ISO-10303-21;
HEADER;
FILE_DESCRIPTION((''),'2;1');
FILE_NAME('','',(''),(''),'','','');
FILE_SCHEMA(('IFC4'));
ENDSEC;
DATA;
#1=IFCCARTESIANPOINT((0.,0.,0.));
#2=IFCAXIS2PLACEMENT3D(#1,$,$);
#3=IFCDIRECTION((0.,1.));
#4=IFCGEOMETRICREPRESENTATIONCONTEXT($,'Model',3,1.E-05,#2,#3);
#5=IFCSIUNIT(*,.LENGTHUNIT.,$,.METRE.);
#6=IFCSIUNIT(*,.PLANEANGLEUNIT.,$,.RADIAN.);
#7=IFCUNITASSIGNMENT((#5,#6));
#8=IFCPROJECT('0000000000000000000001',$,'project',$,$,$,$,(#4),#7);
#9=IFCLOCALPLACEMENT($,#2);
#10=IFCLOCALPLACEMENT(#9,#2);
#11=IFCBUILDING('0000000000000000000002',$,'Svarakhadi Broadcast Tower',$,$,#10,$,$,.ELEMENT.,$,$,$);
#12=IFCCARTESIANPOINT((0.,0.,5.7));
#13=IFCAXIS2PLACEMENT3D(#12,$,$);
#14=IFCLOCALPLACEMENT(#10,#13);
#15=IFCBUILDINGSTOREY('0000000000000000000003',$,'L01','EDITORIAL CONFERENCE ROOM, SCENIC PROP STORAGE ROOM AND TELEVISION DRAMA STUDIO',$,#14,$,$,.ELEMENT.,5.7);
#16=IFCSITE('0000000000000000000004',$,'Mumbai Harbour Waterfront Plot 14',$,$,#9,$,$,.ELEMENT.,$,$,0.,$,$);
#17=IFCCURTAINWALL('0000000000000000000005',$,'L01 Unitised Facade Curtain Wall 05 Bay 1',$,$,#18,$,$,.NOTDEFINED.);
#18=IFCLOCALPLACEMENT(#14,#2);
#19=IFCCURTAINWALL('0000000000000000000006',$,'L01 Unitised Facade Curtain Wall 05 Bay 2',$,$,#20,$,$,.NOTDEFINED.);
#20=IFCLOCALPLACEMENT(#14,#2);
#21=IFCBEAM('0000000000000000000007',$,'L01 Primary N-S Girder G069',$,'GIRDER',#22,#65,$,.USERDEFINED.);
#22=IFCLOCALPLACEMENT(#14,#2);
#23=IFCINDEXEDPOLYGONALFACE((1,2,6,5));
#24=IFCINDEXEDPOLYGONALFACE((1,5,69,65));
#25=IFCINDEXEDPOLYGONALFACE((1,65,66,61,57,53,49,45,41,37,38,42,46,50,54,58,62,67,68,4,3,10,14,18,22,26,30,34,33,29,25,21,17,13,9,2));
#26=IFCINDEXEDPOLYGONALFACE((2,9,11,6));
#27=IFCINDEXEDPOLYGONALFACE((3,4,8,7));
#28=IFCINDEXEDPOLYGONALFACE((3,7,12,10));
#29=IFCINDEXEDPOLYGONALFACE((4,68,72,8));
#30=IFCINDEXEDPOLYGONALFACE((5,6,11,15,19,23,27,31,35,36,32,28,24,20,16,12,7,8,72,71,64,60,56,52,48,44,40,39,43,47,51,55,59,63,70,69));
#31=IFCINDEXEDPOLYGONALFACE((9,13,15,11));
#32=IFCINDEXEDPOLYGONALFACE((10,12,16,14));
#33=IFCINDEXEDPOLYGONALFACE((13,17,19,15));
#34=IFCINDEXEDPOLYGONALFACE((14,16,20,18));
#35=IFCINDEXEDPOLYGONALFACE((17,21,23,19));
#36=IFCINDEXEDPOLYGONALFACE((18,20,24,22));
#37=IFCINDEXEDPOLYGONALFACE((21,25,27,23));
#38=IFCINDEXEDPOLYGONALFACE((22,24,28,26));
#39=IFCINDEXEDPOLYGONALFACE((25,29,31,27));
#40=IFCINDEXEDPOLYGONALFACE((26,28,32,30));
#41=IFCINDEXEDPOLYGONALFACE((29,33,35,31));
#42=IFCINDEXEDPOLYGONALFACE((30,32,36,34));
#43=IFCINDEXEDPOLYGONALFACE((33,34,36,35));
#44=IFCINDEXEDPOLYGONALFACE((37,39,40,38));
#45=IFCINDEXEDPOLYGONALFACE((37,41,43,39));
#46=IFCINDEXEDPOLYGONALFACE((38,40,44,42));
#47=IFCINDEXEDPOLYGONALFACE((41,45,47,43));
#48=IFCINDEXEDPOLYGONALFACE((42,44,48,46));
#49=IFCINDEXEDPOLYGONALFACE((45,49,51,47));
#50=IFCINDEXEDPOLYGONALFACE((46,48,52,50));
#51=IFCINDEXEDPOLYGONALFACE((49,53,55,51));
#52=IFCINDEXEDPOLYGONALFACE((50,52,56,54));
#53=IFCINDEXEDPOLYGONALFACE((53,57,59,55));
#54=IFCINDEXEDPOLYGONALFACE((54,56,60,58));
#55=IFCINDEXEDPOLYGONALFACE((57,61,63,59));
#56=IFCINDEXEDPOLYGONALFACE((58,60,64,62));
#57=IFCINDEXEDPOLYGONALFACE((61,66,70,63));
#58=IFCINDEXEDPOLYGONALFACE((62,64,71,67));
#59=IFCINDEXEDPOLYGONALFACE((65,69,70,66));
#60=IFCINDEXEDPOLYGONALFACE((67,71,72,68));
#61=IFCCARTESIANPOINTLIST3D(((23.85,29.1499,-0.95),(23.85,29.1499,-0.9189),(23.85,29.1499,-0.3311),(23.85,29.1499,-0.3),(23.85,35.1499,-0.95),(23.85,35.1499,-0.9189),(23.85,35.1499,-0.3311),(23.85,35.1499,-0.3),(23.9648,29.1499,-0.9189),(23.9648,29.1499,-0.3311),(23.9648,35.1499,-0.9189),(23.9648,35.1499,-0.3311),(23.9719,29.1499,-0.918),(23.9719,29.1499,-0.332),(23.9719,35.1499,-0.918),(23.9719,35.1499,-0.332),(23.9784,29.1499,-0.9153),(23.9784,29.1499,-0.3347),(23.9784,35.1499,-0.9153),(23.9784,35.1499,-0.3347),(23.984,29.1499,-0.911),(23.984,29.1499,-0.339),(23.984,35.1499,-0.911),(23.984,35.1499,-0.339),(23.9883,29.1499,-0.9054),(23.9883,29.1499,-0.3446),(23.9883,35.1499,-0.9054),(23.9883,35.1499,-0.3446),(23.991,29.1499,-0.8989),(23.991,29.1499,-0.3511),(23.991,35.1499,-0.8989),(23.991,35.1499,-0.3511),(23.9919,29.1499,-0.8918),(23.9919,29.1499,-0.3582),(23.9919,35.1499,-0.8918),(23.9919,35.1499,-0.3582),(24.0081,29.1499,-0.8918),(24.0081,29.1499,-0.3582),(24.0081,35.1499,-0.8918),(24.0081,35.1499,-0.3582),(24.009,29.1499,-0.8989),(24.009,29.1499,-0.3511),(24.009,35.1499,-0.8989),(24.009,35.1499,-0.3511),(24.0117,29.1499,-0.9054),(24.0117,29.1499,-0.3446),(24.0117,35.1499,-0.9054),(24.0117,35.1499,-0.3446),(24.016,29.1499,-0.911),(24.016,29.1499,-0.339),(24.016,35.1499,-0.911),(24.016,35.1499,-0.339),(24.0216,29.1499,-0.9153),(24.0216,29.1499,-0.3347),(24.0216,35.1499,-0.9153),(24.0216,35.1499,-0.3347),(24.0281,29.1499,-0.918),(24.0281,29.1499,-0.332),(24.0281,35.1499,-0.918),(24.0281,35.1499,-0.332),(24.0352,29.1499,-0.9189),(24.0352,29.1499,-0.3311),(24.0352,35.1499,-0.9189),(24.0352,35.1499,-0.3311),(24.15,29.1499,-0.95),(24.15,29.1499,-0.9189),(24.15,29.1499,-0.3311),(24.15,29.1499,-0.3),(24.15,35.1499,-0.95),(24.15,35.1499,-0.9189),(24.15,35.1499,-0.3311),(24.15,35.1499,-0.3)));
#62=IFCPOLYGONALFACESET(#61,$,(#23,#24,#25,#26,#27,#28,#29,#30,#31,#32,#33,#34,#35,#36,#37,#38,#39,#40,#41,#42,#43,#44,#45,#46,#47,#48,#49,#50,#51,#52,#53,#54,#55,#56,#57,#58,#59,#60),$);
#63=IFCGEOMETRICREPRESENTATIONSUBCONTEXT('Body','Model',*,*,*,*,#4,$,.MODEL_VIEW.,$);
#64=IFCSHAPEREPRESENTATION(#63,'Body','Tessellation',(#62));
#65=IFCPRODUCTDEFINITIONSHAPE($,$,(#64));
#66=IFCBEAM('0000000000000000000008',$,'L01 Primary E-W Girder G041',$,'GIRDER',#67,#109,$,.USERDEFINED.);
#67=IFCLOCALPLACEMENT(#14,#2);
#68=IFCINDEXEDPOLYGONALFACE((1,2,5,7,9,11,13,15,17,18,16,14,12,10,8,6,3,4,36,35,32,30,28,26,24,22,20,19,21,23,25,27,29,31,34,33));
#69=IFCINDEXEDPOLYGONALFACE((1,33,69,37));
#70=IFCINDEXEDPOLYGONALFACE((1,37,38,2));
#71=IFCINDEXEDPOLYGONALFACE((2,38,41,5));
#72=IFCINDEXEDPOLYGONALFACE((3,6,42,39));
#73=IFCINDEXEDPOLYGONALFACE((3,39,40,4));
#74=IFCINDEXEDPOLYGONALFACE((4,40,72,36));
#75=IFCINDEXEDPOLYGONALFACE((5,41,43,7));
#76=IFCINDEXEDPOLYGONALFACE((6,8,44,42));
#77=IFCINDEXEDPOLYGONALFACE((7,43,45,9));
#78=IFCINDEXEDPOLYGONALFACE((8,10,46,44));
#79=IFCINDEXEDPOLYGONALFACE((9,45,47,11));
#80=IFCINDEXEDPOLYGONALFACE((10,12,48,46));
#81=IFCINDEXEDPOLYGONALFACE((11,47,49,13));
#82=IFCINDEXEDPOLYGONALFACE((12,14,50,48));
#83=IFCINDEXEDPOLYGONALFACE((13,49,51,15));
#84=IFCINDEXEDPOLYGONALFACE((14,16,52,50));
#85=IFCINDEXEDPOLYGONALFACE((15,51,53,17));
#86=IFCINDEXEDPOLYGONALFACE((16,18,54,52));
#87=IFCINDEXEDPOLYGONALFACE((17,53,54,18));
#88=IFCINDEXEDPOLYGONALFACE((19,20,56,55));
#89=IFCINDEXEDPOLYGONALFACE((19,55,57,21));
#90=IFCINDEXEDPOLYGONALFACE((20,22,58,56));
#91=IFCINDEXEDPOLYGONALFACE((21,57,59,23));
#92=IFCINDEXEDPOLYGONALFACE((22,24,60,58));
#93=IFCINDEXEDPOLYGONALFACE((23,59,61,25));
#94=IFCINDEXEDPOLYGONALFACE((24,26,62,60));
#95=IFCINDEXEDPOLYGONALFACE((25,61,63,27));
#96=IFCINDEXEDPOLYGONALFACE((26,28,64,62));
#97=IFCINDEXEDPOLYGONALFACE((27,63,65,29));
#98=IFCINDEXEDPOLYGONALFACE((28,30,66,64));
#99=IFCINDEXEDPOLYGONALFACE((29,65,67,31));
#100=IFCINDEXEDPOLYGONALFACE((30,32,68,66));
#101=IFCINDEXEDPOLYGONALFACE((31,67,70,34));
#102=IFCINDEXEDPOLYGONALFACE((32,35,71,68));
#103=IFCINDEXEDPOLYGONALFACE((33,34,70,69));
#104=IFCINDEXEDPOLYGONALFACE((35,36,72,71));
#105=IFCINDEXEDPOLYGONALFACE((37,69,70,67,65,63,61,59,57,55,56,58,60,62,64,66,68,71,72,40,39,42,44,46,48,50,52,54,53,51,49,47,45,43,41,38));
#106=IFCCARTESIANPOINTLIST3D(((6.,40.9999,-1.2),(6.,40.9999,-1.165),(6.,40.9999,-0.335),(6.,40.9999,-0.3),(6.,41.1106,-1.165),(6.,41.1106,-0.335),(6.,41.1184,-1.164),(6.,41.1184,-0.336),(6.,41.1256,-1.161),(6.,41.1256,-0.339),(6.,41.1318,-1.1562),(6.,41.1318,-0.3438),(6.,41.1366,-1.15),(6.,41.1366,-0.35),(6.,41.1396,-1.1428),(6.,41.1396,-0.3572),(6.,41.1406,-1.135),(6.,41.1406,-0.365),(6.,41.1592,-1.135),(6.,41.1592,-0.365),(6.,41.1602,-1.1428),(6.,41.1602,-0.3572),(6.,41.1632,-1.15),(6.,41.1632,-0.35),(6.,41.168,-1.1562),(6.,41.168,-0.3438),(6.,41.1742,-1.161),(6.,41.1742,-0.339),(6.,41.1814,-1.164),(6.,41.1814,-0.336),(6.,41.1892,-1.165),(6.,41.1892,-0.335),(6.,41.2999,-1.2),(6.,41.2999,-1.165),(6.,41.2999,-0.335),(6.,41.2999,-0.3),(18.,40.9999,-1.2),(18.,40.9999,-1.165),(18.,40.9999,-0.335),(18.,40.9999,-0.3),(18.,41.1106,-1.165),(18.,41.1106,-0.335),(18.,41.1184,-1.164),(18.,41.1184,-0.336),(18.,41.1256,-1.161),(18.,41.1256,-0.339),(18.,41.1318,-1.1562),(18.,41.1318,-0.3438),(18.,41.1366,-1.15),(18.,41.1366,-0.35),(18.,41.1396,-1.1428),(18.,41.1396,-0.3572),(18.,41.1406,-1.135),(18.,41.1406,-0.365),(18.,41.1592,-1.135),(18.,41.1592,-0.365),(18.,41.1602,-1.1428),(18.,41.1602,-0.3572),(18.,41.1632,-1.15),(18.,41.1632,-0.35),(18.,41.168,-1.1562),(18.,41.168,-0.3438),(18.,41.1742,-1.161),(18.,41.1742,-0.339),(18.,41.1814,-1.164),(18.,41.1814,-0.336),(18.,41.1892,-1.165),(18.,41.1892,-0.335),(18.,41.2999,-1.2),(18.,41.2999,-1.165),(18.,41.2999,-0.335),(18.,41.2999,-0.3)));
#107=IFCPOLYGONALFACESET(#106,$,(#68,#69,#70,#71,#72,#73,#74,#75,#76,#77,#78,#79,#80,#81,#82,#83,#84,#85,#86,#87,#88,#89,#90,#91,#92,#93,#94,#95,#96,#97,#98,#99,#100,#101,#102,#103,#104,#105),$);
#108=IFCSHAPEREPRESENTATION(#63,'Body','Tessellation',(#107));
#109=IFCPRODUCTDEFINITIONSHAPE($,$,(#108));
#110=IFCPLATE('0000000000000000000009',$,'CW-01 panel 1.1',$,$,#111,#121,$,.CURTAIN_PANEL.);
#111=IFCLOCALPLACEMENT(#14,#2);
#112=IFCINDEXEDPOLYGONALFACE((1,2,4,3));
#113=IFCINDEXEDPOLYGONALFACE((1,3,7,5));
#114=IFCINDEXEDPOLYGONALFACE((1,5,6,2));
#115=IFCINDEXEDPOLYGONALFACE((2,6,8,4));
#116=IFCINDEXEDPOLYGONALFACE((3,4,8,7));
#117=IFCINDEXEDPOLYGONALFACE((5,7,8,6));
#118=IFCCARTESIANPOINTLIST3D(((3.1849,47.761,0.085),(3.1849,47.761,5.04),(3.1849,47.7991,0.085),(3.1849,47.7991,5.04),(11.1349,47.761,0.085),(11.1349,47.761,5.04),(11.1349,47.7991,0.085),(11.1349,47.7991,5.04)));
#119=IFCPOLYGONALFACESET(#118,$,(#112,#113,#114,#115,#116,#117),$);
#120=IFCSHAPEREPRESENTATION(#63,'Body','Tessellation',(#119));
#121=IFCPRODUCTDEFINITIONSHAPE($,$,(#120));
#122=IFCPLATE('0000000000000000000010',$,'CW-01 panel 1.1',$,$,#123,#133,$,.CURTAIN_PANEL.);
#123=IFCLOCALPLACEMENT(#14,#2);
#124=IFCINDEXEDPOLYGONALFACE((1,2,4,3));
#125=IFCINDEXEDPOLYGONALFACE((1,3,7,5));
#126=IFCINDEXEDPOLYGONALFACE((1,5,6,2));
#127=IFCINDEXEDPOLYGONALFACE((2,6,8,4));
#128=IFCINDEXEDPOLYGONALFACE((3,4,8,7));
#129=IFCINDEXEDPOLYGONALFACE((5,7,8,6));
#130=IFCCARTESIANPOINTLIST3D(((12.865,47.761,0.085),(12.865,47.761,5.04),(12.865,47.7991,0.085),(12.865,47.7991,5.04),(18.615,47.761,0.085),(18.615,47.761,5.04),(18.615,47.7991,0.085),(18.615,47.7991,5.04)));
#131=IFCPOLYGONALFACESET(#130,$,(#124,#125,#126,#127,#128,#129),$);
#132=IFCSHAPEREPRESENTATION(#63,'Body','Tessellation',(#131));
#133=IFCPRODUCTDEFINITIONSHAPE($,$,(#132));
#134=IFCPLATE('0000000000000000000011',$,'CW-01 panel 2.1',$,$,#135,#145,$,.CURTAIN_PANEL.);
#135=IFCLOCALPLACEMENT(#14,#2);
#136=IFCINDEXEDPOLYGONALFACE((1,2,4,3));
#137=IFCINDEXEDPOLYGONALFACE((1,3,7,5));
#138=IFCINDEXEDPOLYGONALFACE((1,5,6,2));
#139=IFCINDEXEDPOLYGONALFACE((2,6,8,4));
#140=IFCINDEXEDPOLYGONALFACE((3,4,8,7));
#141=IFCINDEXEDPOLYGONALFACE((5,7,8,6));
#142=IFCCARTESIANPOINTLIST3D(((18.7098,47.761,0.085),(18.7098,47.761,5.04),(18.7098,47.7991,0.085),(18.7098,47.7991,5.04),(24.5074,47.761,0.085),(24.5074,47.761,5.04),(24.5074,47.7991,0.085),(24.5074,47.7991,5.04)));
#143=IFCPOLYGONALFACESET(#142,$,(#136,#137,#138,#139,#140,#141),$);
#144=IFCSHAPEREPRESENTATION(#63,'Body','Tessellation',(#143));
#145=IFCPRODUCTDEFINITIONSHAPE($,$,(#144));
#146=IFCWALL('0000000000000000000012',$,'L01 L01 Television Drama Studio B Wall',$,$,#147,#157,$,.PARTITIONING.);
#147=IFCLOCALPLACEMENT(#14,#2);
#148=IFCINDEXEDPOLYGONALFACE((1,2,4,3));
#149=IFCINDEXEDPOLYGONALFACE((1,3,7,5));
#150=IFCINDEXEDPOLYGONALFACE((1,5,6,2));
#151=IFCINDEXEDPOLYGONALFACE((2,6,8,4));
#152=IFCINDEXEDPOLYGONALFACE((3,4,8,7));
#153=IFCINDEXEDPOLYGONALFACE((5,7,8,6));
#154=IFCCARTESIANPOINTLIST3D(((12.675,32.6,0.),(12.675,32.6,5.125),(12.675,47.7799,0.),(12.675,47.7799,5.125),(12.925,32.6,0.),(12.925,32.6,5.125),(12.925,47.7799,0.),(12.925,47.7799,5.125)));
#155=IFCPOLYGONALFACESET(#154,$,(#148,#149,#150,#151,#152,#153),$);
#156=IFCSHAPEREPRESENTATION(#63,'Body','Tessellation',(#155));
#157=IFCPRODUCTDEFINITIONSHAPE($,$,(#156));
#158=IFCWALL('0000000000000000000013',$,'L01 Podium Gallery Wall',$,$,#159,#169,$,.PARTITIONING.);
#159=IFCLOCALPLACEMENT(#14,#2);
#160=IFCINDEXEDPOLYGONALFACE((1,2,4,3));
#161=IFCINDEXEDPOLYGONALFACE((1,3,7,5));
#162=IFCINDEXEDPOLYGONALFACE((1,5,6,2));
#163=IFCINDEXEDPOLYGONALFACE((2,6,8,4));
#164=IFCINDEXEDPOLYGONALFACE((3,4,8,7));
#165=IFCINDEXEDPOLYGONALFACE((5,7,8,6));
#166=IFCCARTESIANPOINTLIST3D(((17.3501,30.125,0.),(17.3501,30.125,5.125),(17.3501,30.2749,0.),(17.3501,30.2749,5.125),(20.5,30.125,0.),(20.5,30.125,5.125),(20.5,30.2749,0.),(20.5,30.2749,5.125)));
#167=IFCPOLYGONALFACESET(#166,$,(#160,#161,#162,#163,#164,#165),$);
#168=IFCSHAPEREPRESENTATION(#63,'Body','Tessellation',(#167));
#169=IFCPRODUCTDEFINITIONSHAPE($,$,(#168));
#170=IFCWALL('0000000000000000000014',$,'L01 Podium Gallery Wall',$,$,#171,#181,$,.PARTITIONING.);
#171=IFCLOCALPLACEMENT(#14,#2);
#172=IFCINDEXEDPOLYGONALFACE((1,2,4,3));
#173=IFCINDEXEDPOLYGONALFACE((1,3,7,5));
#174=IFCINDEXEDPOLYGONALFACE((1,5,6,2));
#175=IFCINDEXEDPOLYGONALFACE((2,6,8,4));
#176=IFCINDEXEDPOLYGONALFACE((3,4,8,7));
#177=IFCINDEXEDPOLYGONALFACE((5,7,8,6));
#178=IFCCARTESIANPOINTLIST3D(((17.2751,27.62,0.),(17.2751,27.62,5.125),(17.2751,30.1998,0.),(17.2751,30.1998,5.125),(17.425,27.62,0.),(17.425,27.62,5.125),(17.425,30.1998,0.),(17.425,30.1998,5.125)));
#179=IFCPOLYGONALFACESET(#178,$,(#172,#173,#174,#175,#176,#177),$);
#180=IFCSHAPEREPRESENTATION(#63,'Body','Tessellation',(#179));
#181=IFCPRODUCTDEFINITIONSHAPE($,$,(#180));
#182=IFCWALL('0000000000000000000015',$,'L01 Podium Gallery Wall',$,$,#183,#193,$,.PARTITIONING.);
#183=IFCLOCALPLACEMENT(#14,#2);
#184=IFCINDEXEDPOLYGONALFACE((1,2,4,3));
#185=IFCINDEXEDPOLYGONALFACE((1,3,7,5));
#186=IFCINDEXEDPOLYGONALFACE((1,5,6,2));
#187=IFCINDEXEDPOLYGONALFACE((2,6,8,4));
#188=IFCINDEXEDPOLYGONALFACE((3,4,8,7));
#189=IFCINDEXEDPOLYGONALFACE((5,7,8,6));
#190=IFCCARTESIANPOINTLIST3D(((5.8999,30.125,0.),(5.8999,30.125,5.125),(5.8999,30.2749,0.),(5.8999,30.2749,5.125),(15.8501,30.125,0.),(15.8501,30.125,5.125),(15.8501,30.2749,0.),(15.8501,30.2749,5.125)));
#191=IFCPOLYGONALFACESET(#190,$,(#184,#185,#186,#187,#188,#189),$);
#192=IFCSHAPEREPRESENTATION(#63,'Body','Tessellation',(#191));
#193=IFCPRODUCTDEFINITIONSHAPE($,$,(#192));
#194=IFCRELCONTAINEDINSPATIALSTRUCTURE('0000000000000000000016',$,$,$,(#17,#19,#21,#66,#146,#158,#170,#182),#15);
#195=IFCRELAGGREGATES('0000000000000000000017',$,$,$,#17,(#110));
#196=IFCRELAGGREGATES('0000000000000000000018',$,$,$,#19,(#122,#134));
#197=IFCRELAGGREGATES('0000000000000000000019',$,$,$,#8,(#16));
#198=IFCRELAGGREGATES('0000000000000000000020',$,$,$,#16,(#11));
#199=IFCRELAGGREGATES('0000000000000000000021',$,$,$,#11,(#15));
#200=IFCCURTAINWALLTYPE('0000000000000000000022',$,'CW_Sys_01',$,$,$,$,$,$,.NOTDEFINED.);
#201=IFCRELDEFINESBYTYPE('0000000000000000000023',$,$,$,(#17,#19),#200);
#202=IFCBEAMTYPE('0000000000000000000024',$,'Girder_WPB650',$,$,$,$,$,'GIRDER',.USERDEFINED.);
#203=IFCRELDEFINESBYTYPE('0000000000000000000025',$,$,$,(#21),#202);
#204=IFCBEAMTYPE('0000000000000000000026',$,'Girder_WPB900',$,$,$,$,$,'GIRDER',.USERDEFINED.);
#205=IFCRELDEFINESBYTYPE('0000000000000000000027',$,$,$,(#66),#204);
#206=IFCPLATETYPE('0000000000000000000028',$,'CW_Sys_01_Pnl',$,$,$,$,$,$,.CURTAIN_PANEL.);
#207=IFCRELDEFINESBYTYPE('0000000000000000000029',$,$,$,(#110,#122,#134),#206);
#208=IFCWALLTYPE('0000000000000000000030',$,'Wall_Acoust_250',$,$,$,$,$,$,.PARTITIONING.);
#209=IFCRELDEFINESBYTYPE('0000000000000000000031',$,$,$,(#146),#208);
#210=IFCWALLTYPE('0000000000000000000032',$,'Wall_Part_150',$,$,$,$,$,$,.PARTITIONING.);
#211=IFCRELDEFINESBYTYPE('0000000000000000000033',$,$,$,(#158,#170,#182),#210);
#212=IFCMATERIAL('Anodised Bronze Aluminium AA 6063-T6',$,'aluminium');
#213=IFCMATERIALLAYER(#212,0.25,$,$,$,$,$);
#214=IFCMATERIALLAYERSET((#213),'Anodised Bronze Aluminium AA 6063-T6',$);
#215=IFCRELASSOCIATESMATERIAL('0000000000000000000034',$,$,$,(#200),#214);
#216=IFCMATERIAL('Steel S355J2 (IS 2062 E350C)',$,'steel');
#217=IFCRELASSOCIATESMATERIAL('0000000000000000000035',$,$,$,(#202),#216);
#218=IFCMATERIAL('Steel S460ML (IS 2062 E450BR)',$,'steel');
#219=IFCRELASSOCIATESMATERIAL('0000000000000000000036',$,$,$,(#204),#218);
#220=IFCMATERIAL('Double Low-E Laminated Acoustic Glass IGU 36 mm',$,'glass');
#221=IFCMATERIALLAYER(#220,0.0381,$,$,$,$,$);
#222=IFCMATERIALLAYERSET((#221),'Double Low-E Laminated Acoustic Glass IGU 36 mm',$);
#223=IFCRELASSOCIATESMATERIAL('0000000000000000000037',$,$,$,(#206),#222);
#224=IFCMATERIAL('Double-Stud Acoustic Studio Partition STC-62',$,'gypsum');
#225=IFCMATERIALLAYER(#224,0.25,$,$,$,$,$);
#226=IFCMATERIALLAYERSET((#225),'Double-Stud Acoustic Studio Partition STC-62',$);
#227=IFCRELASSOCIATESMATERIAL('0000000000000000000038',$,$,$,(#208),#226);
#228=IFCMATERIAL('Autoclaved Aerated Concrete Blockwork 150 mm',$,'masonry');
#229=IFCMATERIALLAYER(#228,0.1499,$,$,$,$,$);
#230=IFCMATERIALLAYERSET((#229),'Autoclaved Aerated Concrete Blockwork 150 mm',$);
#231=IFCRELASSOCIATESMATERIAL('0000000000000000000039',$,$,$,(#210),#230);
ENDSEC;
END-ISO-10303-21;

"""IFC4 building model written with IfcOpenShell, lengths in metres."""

from ifc_helpers import new_model, si_unit, direction, frame, frame_2d, origin, origin_2d, place, context, subcontext, project, spatial, rectangle, i_section, extrude, material, layer, layer_set, material_profile, profile_set, type_object, element, aggregate, save


model = new_model("IFC4")

# Units and contexts
model_context = context("Model", 3, precision=1e-05, world=origin(), true_north=direction((0.0, 1.0)))
body_context = subcontext(model_context, "Body", "Model", "MODEL_VIEW")
ifc_project = project(units=[si_unit("LENGTHUNIT", "METRE"), si_unit("PLANEANGLEUNIT", "RADIAN")], contexts=[model_context])

# Site, building, storey
site_placement = place(None, origin())
site = spatial("IfcSite", under=ifc_project, at=site_placement, Name="Mumbai Harbour Waterfront Plot 14", CompositionType="ELEMENT", RefElevation=0.0)
building_placement = place(site_placement, origin())
building = spatial("IfcBuilding", under=site, at=building_placement, Name="Svarakhadi Broadcast Tower", CompositionType="ELEMENT")
storey_placement = place(building_placement, frame((0.0, 0.0, 5.7)))
storey = spatial("IfcBuildingStorey", under=building, at=storey_placement, Name="L01", Description="EDITORIAL CONFERENCE ROOM, SCENIC PROP STORAGE ROOM AND TELEVISION DRAMA STUDIO", CompositionType="ELEMENT", Elevation=5.7)

# Shared definitions
ifc_material_1 = material(Name="Steel S460ML (IS 2062 E450BR)", Category="steel")

# Shared definitions
ifc_material_2 = material(Name="Steel S355J2 (IS 2062 E350C)", Category="steel")

# Curtain wall
ifc_material_3 = material(Name="Anodised Bronze Aluminium AA 6063-T6", Category="aluminium")
ifc_layer_1 = layer(ifc_material_3, 0.25)
ifc_layer_set_1 = layer_set([ifc_layer_1], Name="Anodised Bronze Aluminium AA 6063-T6")
curtain_wall_type = type_object("IfcCurtainWallType", Name="CW_Sys_01", PredefinedType="NOTDEFINED", material=ifc_layer_set_1)
curtain_wall_1_placement = place(storey_placement, origin())
curtain_wall_1 = element("IfcCurtainWall", 1, at=curtain_wall_1_placement, inside=storey, type_object=curtain_wall_type, Name="L01 Unitised Facade Curtain Wall 05 Bay 1", PredefinedType="NOTDEFINED")

# Curtain wall
curtain_wall_2_placement = place(storey_placement, origin())
curtain_wall_2 = element("IfcCurtainWall", 2, at=curtain_wall_2_placement, inside=storey, type_object=curtain_wall_type, Name="L01 Unitised Facade Curtain Wall 05 Bay 2", PredefinedType="NOTDEFINED")

# Beams
ifc_material_profile_1 = material_profile(ifc_material_2, i_section(OverallWidth=0.3, OverallDepth=0.6499, WebThickness=0.0161, FlangeThickness=0.031, FilletRadius=0.0271, at=origin_2d()), Name="WPB 650x300x225")
ifc_profile_set_1 = profile_set([ifc_material_profile_1], Name="Steel S355J2 (IS 2062 E350C)")
beam_type_1 = type_object("IfcBeamType", Name="Girder_WPB650", ElementType="GIRDER", PredefinedType="USERDEFINED", material=ifc_profile_set_1)
for number, where, z_axis, x_axis, name in (
    (3, (24.0, 29.1499, -0.625), (0.0, 1.0, 0.0), (-1.0, 0.0, 0.0), "L01 Primary N-S Girder G069"),
):
    element("IfcBeam", number, at=place(storey_placement, frame(where, z_axis=z_axis, x_axis=x_axis)), inside=storey, type_object=beam_type_1, Name=name, ObjectType="GIRDER", PredefinedType="USERDEFINED", context=body_context, shape_type="SweptSolid", body=[
        extrude(i_section(OverallWidth=0.3, OverallDepth=0.6499, WebThickness=0.0161, FlangeThickness=0.031, FilletRadius=0.0271, at=origin_2d()), origin(), (0.0, 0.0, 1.0), 6.0),
    ])
ifc_material_profile_2 = material_profile(ifc_material_1, i_section(OverallWidth=0.3, OverallDepth=0.8999, WebThickness=0.0186, FlangeThickness=0.0349, FilletRadius=0.03, at=origin_2d()), Name="WPB 900x300x291")
ifc_profile_set_2 = profile_set([ifc_material_profile_2], Name="Steel S460ML (IS 2062 E450BR)")
beam_type_2 = type_object("IfcBeamType", Name="Girder_WPB900", ElementType="GIRDER", PredefinedType="USERDEFINED", material=ifc_profile_set_2)
beam_1_placement = place(storey_placement, frame((6.0, 41.1499, -0.75), z_axis=(1.0, 0.0, 0.0), x_axis=(0.0, 1.0, 0.0)))
element("IfcBeam", 4, at=beam_1_placement, inside=storey, type_object=beam_type_2, Name="L01 Primary E-W Girder G041", ObjectType="GIRDER", PredefinedType="USERDEFINED", context=body_context, shape_type="SweptSolid", body=[
    extrude(i_section(OverallWidth=0.3, OverallDepth=0.8999, WebThickness=0.0186, FlangeThickness=0.0349, FilletRadius=0.03, at=origin_2d()), origin(), (0.0, 0.0, 1.0), 12.0),
])

# Plates
ifc_material_4 = material(Name="Double Low-E Laminated Acoustic Glass IGU 36 mm", Category="glass")
ifc_layer_2 = layer(ifc_material_4, 0.0381)
ifc_layer_set_2 = layer_set([ifc_layer_2], Name="Double Low-E Laminated Acoustic Glass IGU 36 mm")
plate_type = type_object("IfcPlateType", Name="CW_Sys_01_Pnl", PredefinedType="CURTAIN_PANEL", material=ifc_layer_set_2)
plate_1_placement = place(storey_placement, frame((7.1599, 47.78, 0.085), z_axis=(0.0, 0.0, 1.0), x_axis=(1.0, 0.0, 0.0)))
plate_1 = element("IfcPlate", 5, at=plate_1_placement, type_object=plate_type, Name="CW-01 panel 1.1", PredefinedType="CURTAIN_PANEL", context=body_context, shape_type="SweptSolid", body=[
    extrude(rectangle(XDim=7.95, YDim=0.0381, at=origin_2d()), origin(), (0.0, 0.0, 1.0), 4.9551),
])
aggregate(curtain_wall_1, [plate_1])
plate_2_placement = place(storey_placement, frame((15.74, 47.78, 0.085), z_axis=(0.0, 0.0, 1.0), x_axis=(1.0, 0.0, 0.0)))
plate_2 = element("IfcPlate", 6, at=plate_2_placement, type_object=plate_type, Name="CW-01 panel 1.1", PredefinedType="CURTAIN_PANEL", context=body_context, shape_type="SweptSolid", body=[
    extrude(rectangle(XDim=5.75, YDim=0.0381, at=origin_2d()), origin(), (0.0, 0.0, 1.0), 4.9551),
])
plate_3_placement = place(storey_placement, frame((21.6086, 47.78, 0.085), z_axis=(0.0, 0.0, 1.0), x_axis=(1.0, 0.0, 0.0)))
plate_3 = element("IfcPlate", 7, at=plate_3_placement, type_object=plate_type, Name="CW-01 panel 2.1", PredefinedType="CURTAIN_PANEL", context=body_context, shape_type="SweptSolid", body=[
    extrude(rectangle(XDim=5.7976, YDim=0.0381, at=origin_2d()), origin(), (0.0, 0.0, 1.0), 4.9551),
])
aggregate(curtain_wall_2, [plate_2, plate_3])

# Walls
ifc_material_5 = material(Name="Double-Stud Acoustic Studio Partition STC-62", Category="gypsum")
ifc_layer_3 = layer(ifc_material_5, 0.25)
ifc_layer_set_3 = layer_set([ifc_layer_3], Name="Double-Stud Acoustic Studio Partition STC-62")
wall_type_1 = type_object("IfcWallType", Name="Wall_Acoust_250", PredefinedType="PARTITIONING", material=ifc_layer_set_3)
wall_1_placement = place(storey_placement, frame((12.8, 32.6001, 0.0), z_axis=(0.0, 0.0, 1.0), x_axis=(0.0, 1.0, 0.0)))
element("IfcWall", 8, at=wall_1_placement, inside=storey, type_object=wall_type_1, Name="L01 L01 Television Drama Studio B Wall", PredefinedType="PARTITIONING", context=body_context, shape_type="SweptSolid", body=[
    extrude(rectangle(XDim=15.1799, YDim=0.25, at=frame_2d((7.5898, 0.0))), origin(), (0.0, 0.0, 1.0), 5.125),
])
ifc_material_6 = material(Name="Autoclaved Aerated Concrete Blockwork 150 mm", Category="masonry")
ifc_layer_4 = layer(ifc_material_6, 0.1499)
ifc_layer_set_4 = layer_set([ifc_layer_4], Name="Autoclaved Aerated Concrete Blockwork 150 mm")
wall_type_2 = type_object("IfcWallType", Name="Wall_Part_150", PredefinedType="PARTITIONING", material=ifc_layer_set_4)
wall_2_placement = place(storey_placement, frame((20.5, 30.2, 0.0), z_axis=(0.0, 0.0, 1.0), x_axis=(-1.0, 0.0, 0.0)))
element("IfcWall", 9, at=wall_2_placement, inside=storey, type_object=wall_type_2, Name="L01 Podium Gallery Wall", PredefinedType="PARTITIONING", context=body_context, shape_type="SweptSolid", body=[
    extrude(rectangle(XDim=3.1499, YDim=0.1499, at=frame_2d((1.575, 0.0))), origin(), (0.0, 0.0, 1.0), 5.125),
])
wall_3_placement = place(storey_placement, frame((17.3501, 30.2, 0.0), z_axis=(0.0, 0.0, 1.0), x_axis=(0.0, -1.0, 0.0)))
element("IfcWall", 10, at=wall_3_placement, inside=storey, type_object=wall_type_2, Name="L01 Podium Gallery Wall", PredefinedType="PARTITIONING", context=body_context, shape_type="SweptSolid", body=[
    extrude(rectangle(XDim=2.5798, YDim=0.1499, at=frame_2d((1.29, 0.0))), origin(), (0.0, 0.0, 1.0), 5.125),
])
wall_4_placement = place(storey_placement, frame((15.8501, 30.2, 0.0), z_axis=(0.0, 0.0, 1.0), x_axis=(-1.0, 0.0, 0.0)))
element("IfcWall", 11, at=wall_4_placement, inside=storey, type_object=wall_type_2, Name="L01 Podium Gallery Wall", PredefinedType="PARTITIONING", context=body_context, shape_type="SweptSolid", body=[
    extrude(rectangle(XDim=9.9502, YDim=0.1499, at=frame_2d((4.9751, 0.0))), origin(), (0.0, 0.0, 1.0), 5.125),
])

save(model, "model.ifc")
